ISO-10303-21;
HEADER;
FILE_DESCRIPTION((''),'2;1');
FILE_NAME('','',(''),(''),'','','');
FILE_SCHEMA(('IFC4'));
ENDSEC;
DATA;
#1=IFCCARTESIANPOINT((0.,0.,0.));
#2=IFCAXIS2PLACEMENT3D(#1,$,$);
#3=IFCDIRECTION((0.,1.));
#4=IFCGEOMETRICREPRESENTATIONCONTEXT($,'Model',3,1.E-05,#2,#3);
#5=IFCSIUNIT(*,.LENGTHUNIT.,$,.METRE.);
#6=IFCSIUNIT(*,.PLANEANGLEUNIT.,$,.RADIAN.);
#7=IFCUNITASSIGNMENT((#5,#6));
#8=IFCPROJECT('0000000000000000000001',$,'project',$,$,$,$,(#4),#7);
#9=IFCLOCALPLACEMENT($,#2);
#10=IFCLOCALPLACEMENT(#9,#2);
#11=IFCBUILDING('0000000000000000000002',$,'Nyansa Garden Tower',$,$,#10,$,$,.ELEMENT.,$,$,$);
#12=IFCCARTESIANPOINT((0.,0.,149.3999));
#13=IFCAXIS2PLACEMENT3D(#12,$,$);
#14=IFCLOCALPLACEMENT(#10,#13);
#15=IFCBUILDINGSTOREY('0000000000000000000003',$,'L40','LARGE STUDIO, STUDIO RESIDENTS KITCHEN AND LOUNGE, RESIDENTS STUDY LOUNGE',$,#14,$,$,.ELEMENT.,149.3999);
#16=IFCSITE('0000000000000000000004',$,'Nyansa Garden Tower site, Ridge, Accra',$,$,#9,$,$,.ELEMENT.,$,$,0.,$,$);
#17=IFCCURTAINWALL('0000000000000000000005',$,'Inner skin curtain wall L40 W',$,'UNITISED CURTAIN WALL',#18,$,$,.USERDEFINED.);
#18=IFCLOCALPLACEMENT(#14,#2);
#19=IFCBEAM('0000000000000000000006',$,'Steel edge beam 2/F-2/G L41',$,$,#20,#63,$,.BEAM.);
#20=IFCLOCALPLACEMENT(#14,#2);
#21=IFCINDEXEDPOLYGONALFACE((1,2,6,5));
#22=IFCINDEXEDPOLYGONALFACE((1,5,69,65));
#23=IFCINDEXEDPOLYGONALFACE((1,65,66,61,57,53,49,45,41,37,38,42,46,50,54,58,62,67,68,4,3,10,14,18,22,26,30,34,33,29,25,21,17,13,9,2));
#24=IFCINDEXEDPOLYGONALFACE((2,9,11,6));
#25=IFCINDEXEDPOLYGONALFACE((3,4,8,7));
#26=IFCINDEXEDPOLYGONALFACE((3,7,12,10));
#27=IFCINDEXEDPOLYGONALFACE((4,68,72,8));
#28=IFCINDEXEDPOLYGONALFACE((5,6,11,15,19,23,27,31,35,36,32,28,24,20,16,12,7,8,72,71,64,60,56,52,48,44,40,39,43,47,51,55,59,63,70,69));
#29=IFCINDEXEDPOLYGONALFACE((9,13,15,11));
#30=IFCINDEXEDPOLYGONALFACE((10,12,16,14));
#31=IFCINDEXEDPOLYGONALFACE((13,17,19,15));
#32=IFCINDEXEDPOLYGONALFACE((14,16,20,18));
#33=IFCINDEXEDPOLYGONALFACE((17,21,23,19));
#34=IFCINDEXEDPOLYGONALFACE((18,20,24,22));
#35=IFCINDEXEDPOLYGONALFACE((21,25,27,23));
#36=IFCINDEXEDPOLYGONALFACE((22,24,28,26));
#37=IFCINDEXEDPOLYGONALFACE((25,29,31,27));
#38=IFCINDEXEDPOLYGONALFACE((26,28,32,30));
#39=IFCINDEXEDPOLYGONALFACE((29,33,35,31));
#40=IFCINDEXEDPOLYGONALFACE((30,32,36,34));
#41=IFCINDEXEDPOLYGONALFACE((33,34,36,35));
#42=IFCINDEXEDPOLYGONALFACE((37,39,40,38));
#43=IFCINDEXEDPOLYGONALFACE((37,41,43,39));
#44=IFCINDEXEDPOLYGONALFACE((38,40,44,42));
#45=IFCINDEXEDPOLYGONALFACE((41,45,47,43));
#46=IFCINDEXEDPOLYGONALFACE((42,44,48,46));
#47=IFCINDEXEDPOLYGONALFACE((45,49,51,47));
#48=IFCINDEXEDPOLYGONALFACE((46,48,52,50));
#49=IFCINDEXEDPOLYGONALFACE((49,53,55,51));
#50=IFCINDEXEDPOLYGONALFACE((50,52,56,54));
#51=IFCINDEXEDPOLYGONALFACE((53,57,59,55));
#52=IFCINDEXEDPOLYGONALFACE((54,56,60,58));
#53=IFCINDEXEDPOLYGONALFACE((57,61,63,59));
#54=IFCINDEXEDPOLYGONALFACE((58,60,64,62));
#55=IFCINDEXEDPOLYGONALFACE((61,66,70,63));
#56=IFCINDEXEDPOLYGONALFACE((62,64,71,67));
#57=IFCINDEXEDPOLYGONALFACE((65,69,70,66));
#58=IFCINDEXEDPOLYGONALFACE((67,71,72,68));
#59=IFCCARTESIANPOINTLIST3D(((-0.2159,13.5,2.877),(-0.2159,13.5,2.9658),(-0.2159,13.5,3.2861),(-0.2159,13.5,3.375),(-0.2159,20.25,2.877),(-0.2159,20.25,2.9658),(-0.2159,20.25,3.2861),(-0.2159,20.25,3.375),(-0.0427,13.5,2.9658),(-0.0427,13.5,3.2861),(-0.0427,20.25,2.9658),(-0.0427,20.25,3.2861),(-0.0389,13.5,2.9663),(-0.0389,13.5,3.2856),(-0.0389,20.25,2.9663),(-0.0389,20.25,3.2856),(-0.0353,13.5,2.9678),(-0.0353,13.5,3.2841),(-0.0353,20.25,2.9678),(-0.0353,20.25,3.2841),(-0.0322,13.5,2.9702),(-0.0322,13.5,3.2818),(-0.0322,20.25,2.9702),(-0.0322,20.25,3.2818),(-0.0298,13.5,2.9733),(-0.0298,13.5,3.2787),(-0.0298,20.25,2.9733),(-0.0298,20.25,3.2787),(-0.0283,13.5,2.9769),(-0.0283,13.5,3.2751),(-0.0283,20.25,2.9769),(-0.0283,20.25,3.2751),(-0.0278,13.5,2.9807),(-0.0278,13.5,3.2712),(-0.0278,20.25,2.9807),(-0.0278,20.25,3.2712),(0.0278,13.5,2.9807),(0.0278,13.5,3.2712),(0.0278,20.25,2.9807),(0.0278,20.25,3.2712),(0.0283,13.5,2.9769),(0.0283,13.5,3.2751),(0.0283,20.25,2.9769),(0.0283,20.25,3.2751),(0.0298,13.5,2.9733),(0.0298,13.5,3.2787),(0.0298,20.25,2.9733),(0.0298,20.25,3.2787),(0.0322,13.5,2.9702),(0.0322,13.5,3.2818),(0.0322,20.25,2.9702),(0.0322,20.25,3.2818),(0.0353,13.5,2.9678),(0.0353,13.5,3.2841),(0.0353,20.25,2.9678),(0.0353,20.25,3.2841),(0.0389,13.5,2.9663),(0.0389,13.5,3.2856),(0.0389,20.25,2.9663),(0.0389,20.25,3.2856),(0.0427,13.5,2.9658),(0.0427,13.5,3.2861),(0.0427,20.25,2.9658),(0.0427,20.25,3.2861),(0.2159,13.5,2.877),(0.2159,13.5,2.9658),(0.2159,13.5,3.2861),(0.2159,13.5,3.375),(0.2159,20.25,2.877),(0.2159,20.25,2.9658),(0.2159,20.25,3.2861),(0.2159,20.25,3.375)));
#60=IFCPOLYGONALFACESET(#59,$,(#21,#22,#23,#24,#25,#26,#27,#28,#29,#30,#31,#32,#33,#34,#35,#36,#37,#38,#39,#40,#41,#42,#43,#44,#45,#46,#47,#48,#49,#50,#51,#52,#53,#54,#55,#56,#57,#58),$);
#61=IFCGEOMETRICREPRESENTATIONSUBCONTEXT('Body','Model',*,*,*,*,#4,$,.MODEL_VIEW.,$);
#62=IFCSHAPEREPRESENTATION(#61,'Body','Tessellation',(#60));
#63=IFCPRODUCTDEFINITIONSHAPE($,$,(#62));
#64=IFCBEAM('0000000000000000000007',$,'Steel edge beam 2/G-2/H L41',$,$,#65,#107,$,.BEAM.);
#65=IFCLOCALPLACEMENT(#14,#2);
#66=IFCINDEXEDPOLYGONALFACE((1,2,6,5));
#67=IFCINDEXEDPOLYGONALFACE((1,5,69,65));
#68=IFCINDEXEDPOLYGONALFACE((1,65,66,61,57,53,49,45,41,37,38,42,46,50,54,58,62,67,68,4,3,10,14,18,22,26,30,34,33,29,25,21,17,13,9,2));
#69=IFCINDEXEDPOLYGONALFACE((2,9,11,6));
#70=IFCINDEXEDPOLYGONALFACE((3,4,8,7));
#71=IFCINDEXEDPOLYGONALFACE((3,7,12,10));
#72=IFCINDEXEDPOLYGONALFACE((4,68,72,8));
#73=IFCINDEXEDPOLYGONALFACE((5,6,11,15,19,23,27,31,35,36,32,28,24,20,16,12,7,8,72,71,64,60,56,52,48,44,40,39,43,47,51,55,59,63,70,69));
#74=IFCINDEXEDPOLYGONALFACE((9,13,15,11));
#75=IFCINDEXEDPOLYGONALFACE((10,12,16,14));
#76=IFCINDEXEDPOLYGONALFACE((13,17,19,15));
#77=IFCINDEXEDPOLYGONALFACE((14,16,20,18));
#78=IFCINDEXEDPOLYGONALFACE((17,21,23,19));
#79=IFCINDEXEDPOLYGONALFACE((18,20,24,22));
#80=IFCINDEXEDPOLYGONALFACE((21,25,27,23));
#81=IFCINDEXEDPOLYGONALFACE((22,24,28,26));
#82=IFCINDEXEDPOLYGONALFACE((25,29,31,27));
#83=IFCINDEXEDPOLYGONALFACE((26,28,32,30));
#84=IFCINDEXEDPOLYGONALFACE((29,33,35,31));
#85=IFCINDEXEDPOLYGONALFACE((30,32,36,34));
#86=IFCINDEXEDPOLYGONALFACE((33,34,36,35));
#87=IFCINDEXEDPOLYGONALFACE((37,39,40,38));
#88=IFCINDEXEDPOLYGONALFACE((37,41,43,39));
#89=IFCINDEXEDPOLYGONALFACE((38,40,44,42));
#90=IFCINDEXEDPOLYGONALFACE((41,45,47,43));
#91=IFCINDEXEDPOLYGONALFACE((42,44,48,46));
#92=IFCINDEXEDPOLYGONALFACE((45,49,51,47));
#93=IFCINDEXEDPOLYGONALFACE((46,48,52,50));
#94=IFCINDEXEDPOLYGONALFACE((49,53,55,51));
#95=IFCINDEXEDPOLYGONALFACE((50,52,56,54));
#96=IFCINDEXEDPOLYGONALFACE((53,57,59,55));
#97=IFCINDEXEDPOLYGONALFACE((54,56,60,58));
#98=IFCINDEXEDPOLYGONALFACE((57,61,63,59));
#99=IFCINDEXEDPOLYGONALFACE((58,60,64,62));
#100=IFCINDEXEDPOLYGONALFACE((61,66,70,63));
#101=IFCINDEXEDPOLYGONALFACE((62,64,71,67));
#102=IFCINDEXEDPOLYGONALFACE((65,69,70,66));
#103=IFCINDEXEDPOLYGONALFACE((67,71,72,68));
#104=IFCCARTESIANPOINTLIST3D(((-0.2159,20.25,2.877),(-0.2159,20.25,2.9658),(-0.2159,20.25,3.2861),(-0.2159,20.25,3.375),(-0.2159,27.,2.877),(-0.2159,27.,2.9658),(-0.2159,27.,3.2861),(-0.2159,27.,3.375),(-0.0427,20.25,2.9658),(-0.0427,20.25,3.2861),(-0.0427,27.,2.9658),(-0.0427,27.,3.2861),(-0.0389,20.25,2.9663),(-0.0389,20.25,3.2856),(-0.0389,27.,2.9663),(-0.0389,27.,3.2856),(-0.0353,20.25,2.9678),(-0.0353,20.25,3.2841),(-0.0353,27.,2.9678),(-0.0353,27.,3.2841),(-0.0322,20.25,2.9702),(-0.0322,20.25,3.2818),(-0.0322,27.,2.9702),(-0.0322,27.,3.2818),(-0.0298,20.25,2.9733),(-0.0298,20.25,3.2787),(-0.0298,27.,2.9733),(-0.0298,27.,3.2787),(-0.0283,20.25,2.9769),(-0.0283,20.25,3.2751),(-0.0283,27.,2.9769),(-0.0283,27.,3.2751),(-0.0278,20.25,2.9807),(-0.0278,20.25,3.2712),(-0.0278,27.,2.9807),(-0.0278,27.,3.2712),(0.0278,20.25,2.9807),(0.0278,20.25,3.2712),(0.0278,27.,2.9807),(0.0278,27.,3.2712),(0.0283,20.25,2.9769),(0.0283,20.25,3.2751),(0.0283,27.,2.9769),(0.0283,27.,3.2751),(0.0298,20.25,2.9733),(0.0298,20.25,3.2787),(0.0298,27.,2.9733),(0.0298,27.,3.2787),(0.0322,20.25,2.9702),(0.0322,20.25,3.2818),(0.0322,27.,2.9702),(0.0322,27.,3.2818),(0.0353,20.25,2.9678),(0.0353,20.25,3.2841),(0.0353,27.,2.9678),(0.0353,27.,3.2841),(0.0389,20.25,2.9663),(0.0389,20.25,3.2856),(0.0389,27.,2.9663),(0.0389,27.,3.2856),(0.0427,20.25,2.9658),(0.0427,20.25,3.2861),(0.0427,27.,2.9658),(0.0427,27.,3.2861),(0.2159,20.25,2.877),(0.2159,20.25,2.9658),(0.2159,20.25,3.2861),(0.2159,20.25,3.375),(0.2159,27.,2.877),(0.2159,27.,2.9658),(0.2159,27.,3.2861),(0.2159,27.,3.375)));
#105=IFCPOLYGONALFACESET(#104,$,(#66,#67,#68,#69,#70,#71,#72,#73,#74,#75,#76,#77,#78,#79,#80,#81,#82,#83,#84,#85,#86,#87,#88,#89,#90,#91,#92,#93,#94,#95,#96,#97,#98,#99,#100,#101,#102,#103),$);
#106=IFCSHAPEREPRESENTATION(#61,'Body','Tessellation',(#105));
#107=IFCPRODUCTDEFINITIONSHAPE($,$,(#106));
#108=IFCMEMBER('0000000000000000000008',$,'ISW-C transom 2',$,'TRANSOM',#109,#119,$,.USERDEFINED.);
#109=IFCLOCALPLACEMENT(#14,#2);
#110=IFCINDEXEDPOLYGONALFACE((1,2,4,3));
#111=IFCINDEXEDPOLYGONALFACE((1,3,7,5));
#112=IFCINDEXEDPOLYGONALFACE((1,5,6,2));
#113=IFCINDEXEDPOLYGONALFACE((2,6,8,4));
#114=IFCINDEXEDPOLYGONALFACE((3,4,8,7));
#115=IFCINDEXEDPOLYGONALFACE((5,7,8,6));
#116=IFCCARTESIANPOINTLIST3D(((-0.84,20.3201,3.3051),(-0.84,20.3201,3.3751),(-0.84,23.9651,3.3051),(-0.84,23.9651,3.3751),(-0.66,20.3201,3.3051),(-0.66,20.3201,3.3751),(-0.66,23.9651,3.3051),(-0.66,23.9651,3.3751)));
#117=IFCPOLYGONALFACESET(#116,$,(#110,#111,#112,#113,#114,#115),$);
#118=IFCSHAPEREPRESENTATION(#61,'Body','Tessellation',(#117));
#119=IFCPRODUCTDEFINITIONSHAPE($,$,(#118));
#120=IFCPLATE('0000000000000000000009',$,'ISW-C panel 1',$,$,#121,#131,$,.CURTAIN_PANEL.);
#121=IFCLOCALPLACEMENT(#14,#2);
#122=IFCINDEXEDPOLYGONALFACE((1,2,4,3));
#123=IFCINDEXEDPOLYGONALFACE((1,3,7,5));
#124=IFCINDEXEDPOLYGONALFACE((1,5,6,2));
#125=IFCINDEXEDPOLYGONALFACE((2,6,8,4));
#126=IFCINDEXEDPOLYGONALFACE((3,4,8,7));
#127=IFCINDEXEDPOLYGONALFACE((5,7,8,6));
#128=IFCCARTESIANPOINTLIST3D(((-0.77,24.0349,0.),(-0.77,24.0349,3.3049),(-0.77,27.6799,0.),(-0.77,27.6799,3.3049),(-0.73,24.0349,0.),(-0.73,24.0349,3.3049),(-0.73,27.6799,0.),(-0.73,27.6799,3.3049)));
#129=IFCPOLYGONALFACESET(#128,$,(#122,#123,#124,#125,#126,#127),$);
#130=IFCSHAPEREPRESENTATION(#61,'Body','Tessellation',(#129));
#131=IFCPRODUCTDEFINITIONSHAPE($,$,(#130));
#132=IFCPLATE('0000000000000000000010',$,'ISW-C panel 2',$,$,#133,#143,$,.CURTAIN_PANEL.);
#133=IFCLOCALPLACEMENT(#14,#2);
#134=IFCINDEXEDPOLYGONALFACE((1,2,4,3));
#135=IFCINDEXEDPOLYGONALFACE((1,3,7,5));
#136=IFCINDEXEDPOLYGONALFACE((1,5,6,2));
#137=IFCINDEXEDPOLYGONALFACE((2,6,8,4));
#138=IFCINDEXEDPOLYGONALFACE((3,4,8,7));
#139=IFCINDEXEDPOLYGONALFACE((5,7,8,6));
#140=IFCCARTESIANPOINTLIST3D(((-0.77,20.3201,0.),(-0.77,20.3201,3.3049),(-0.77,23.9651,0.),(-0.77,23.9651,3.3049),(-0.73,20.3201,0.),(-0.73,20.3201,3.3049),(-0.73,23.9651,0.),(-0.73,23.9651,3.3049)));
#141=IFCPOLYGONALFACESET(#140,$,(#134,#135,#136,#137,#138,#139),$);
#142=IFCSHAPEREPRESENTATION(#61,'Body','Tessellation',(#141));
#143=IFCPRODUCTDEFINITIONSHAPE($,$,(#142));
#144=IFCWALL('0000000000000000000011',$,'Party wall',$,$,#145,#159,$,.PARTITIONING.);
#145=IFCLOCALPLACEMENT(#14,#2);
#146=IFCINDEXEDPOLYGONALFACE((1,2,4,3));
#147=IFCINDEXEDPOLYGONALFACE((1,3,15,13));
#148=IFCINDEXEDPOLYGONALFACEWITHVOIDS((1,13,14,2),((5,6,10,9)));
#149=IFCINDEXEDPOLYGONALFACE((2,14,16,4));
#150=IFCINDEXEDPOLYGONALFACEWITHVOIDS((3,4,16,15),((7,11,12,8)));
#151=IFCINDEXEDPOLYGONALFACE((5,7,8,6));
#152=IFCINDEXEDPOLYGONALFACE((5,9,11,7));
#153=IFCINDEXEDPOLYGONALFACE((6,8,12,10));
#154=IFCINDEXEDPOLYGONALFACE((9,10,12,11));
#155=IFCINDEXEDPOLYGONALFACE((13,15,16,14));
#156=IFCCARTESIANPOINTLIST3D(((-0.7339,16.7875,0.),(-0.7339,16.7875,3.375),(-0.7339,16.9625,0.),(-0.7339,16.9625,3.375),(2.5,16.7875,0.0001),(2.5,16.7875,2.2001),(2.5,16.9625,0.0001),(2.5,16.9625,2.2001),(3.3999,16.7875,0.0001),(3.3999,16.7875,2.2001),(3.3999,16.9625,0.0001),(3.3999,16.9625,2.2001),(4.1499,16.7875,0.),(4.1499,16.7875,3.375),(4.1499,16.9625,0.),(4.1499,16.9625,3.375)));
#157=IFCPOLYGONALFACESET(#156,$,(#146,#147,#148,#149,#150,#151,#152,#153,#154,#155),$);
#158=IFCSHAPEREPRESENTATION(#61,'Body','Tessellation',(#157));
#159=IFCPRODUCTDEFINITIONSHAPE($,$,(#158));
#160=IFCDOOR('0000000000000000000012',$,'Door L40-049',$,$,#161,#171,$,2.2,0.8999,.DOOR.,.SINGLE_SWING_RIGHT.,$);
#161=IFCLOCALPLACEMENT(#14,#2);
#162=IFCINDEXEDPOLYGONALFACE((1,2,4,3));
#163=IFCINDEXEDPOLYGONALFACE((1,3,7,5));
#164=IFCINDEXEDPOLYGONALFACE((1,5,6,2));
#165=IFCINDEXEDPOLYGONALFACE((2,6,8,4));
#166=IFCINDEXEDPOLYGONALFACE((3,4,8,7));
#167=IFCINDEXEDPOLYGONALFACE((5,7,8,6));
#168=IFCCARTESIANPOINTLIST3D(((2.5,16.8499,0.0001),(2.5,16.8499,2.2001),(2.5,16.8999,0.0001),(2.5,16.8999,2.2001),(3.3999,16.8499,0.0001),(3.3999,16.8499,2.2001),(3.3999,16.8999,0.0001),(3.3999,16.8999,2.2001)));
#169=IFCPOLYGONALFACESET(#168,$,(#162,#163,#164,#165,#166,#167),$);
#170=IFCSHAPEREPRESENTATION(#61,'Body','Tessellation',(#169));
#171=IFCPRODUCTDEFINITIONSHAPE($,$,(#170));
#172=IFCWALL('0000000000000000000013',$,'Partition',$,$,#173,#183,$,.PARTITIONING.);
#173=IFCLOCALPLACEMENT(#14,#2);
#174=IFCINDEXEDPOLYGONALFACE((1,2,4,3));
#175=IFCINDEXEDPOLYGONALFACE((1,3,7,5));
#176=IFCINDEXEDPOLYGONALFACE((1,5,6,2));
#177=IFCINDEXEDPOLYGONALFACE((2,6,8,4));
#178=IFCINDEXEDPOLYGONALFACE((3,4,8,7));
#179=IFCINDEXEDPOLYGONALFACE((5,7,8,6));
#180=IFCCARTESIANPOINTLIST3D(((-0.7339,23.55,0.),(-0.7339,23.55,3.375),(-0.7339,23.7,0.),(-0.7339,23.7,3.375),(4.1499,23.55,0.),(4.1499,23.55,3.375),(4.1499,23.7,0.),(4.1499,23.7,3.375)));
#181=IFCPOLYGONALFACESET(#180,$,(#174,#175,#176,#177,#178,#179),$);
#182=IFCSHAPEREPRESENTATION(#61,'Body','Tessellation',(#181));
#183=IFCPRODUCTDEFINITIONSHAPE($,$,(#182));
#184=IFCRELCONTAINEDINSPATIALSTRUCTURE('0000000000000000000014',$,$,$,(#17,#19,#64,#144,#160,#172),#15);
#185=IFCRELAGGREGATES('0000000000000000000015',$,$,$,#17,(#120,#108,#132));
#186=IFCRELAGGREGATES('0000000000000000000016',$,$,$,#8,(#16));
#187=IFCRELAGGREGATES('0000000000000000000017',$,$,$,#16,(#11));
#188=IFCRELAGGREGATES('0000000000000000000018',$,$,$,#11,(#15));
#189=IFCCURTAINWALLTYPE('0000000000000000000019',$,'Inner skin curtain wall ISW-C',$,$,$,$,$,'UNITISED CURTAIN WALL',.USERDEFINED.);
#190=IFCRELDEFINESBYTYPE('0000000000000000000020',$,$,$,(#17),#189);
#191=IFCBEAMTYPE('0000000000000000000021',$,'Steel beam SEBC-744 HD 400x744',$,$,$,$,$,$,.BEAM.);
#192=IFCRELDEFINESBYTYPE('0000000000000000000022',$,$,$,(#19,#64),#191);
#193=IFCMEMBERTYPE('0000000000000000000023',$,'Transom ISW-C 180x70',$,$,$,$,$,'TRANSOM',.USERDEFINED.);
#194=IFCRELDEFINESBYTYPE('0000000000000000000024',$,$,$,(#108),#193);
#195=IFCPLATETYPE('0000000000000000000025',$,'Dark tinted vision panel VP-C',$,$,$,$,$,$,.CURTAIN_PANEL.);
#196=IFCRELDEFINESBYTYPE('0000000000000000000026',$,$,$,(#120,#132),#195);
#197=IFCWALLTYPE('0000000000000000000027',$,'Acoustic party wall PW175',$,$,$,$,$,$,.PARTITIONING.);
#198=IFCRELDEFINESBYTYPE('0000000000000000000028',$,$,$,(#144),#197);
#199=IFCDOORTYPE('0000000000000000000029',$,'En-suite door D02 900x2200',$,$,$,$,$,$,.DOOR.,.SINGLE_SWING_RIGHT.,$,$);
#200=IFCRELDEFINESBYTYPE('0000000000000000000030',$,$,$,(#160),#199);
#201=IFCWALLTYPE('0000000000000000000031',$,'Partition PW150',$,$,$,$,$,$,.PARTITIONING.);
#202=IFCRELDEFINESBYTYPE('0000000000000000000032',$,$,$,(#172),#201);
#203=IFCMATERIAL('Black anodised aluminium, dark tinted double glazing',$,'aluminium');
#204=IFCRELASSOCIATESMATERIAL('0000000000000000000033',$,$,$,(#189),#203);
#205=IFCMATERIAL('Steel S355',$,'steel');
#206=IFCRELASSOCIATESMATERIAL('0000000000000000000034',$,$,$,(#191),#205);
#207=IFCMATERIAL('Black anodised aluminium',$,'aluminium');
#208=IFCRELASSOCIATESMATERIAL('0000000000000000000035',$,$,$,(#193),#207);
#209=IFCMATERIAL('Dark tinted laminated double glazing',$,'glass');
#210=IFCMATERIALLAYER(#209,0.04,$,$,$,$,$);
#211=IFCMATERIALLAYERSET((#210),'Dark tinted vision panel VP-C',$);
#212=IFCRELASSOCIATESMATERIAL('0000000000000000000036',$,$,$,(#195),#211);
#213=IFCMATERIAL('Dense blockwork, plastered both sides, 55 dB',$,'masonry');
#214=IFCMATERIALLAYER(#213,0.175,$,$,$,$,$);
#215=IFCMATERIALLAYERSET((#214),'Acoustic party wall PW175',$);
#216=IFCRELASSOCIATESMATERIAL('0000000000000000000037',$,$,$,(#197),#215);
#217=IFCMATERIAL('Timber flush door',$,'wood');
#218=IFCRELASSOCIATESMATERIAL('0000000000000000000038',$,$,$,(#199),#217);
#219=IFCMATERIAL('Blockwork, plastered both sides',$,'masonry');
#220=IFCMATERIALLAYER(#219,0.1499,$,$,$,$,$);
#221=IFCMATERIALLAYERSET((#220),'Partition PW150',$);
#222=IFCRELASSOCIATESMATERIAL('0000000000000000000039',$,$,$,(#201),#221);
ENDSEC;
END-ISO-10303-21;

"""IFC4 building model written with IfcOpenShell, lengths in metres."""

from ifc_helpers import new_model, si_unit, direction, frame, frame_2d, origin, origin_2d, place, context, subcontext, project, spatial, rectangle, i_section, extrude, material, layer, layer_set, material_profile, profile_set, type_object, element, fill, aggregate, save


model = new_model("IFC4")

# Units and contexts
model_context = context("Model", 3, precision=1e-05, world=origin(), true_north=direction((0.0, 1.0)))
body_context = subcontext(model_context, "Body", "Model", "MODEL_VIEW")
ifc_project = project(units=[si_unit("LENGTHUNIT", "METRE"), si_unit("PLANEANGLEUNIT", "RADIAN")], contexts=[model_context])

# Site, building, storey
site_placement = place(None, origin())
site = spatial("IfcSite", under=ifc_project, at=site_placement, Name="Nyansa Garden Tower site, Ridge, Accra", CompositionType="ELEMENT", RefElevation=0.0)
building_placement = place(site_placement, origin())
building = spatial("IfcBuilding", under=site, at=building_placement, Name="Nyansa Garden Tower", CompositionType="ELEMENT")
storey_placement = place(building_placement, frame((0.0, 0.0, 149.3999)))
storey = spatial("IfcBuildingStorey", under=building, at=storey_placement, Name="L40", Description="LARGE STUDIO, STUDIO RESIDENTS KITCHEN AND LOUNGE, RESIDENTS STUDY LOUNGE", CompositionType="ELEMENT", Elevation=149.3999)

# Curtain wall
ifc_material_1 = material(Name="Black anodised aluminium, dark tinted double glazing", Category="aluminium")
curtain_wall_type = type_object("IfcCurtainWallType", Name="Inner skin curtain wall ISW-C", ElementType="UNITISED CURTAIN WALL", PredefinedType="USERDEFINED", material=ifc_material_1)
curtain_wall_placement = place(storey_placement, origin())
curtain_wall = element("IfcCurtainWall", 1, at=curtain_wall_placement, inside=storey, type_object=curtain_wall_type, Name="Inner skin curtain wall L40 W", ObjectType="UNITISED CURTAIN WALL", PredefinedType="USERDEFINED")

# Beams
ifc_material_2 = material(Name="Steel S355", Category="steel")
ifc_material_profile_1 = material_profile(ifc_material_2, i_section(OverallWidth=0.4319, OverallDepth=0.498, WebThickness=0.0557, FlangeThickness=0.0889, FilletRadius=0.0149, at=origin_2d()), Name="HD 400x744")
ifc_profile_set_1 = profile_set([ifc_material_profile_1], Name="Steel S355")
beam_type_1 = type_object("IfcBeamType", Name="Steel beam SEBC-744 HD 400x744", PredefinedType="BEAM", material=ifc_profile_set_1)
for number, where, z_axis, x_axis, name in (
    (2, (0.0, 13.5, 3.126), (0.0, 1.0, 0.0), (-1.0, 0.0, 0.0), "Steel edge beam 2/F-2/G L41"),
    (3, (0.0, 20.25, 3.126), (0.0, 1.0, 0.0), (-1.0, 0.0, 0.0), "Steel edge beam 2/G-2/H L41"),
):
    element("IfcBeam", number, at=place(storey_placement, frame(where, z_axis=z_axis, x_axis=x_axis)), inside=storey, type_object=beam_type_1, Name=name, PredefinedType="BEAM", context=body_context, shape_type="SweptSolid", body=[
        extrude(i_section(OverallWidth=0.4319, OverallDepth=0.498, WebThickness=0.0557, FlangeThickness=0.0889, FilletRadius=0.0149, at=origin_2d()), origin(), (0.0, 0.0, 1.0), 6.75),
    ])

# Member
ifc_material_3 = material(Name="Black anodised aluminium", Category="aluminium")
ifc_material_profile_2 = material_profile(ifc_material_3, rectangle(XDim=0.1799, YDim=0.0701, at=origin_2d()), Name="Transom 180x70")
ifc_profile_set_2 = profile_set([ifc_material_profile_2], Name="Black anodised aluminium")
member_type_1 = type_object("IfcMemberType", Name="Transom ISW-C 180x70", ElementType="TRANSOM", PredefinedType="USERDEFINED", material=ifc_profile_set_2)
member_1_placement = place(storey_placement, frame((-0.75, 23.9651, 3.3401), z_axis=(0.0, -1.0, 0.0), x_axis=(1.0, 0.0, 0.0)))
member_1 = element("IfcMember", 4, at=member_1_placement, type_object=member_type_1, Name="ISW-C transom 2", ObjectType="TRANSOM", PredefinedType="USERDEFINED", context=body_context, shape_type="SweptSolid", body=[
    extrude(rectangle(XDim=0.1799, YDim=0.0701, at=origin_2d()), origin(), (0.0, 0.0, 1.0), 3.645),
])

# Plates
ifc_material_4 = material(Name="Dark tinted laminated double glazing", Category="glass")
ifc_layer_1 = layer(ifc_material_4, 0.04)
ifc_layer_set_1 = layer_set([ifc_layer_1], Name="Dark tinted vision panel VP-C")
plate_type = type_object("IfcPlateType", Name="Dark tinted vision panel VP-C", PredefinedType="CURTAIN_PANEL", material=ifc_layer_set_1)
plate_1_placement = place(storey_placement, frame((-0.75, 25.8574, 0.0), z_axis=(0.0, 0.0, 1.0), x_axis=(0.0, -1.0, 0.0)))
plate_1 = element("IfcPlate", 5, at=plate_1_placement, type_object=plate_type, Name="ISW-C panel 1", PredefinedType="CURTAIN_PANEL", context=body_context, shape_type="SweptSolid", body=[
    extrude(rectangle(XDim=3.645, YDim=0.04, at=origin_2d()), origin(), (0.0, 0.0, 1.0), 3.3049),
])
plate_2_placement = place(storey_placement, frame((-0.75, 22.1426, 0.0), z_axis=(0.0, 0.0, 1.0), x_axis=(0.0, -1.0, 0.0)))
plate_2 = element("IfcPlate", 6, at=plate_2_placement, type_object=plate_type, Name="ISW-C panel 2", PredefinedType="CURTAIN_PANEL", context=body_context, shape_type="SweptSolid", body=[
    extrude(rectangle(XDim=3.645, YDim=0.04, at=origin_2d()), origin(), (0.0, 0.0, 1.0), 3.3049),
])
aggregate(curtain_wall, [plate_1, member_1, plate_2])

# Wall, opening, door
ifc_material_5 = material(Name="Dense blockwork, plastered both sides, 55 dB", Category="masonry")
ifc_layer_2 = layer(ifc_material_5, 0.175)
ifc_layer_set_2 = layer_set([ifc_layer_2], Name="Acoustic party wall PW175")
wall_type_1 = type_object("IfcWallType", Name="Acoustic party wall PW175", PredefinedType="PARTITIONING", material=ifc_layer_set_2)
wall_1_placement = place(storey_placement, frame((-0.7339, 16.875, 0.0), z_axis=(0.0, 0.0, 1.0), x_axis=(1.0, 0.0, 0.0)))
wall_1 = element("IfcWall", 7, at=wall_1_placement, inside=storey, type_object=wall_type_1, Name="Party wall", PredefinedType="PARTITIONING", context=body_context, shape_type="SweptSolid", body=[
    extrude(rectangle(XDim=4.8838, YDim=0.175, at=frame_2d((2.4419, 0.0))), origin(), (0.0, 0.0, 1.0), 3.375),
])
opening_placement = place(wall_1_placement, frame((3.2339, 0.0, 0.0)))
opening = element("IfcOpeningElement", 8, at=opening_placement, cuts=wall_1, PredefinedType="OPENING", context=body_context, shape_type="SweptSolid", body=[
    extrude(rectangle(XDim=0.8999, YDim=2.2, at=frame_2d((0.45, 1.1001))), frame((0.0, 0.0974, 0.0), z_axis=(0.0, -1.0, 0.0), x_axis=(1.0, 0.0, 0.0)), (0.0, 0.0, 1.0), 0.1951),
])
ifc_material_6 = material(Name="Timber flush door", Category="wood")
door_type = type_object("IfcDoorType", Name="En-suite door D02 900x2200", OperationType="SINGLE_SWING_RIGHT", PredefinedType="DOOR", material=ifc_material_6)
door_placement = place(opening_placement, origin())
door = element("IfcDoor", 9, at=door_placement, inside=storey, type_object=door_type, Name="Door L40-049", OperationType="SINGLE_SWING_RIGHT", OverallHeight=2.2, OverallWidth=0.8999, PredefinedType="DOOR", context=body_context, shape_type="SweptSolid", body=[
    extrude(rectangle(XDim=0.8999, YDim=2.2, at=frame_2d((0.45, 1.1001))), frame((0.0, 0.0249, 0.0), z_axis=(0.0, -1.0, 0.0), x_axis=(1.0, 0.0, 0.0)), (0.0, 0.0, 1.0), 0.05),
])
fill(opening, door)

# Wall
ifc_material_7 = material(Name="Blockwork, plastered both sides", Category="masonry")
ifc_layer_3 = layer(ifc_material_7, 0.1499)
ifc_layer_set_3 = layer_set([ifc_layer_3], Name="Partition PW150")
wall_type_2 = type_object("IfcWallType", Name="Partition PW150", PredefinedType="PARTITIONING", material=ifc_layer_set_3)
wall_2_placement = place(storey_placement, frame((-0.7339, 23.625, 0.0), z_axis=(0.0, 0.0, 1.0), x_axis=(1.0, 0.0, 0.0)))
element("IfcWall", 10, at=wall_2_placement, inside=storey, type_object=wall_type_2, Name="Partition", PredefinedType="PARTITIONING", context=body_context, shape_type="SweptSolid", body=[
    extrude(rectangle(XDim=4.8838, YDim=0.1499, at=frame_2d((2.4419, 0.0))), origin(), (0.0, 0.0, 1.0), 3.375),
])

save(model, "model.ifc")
